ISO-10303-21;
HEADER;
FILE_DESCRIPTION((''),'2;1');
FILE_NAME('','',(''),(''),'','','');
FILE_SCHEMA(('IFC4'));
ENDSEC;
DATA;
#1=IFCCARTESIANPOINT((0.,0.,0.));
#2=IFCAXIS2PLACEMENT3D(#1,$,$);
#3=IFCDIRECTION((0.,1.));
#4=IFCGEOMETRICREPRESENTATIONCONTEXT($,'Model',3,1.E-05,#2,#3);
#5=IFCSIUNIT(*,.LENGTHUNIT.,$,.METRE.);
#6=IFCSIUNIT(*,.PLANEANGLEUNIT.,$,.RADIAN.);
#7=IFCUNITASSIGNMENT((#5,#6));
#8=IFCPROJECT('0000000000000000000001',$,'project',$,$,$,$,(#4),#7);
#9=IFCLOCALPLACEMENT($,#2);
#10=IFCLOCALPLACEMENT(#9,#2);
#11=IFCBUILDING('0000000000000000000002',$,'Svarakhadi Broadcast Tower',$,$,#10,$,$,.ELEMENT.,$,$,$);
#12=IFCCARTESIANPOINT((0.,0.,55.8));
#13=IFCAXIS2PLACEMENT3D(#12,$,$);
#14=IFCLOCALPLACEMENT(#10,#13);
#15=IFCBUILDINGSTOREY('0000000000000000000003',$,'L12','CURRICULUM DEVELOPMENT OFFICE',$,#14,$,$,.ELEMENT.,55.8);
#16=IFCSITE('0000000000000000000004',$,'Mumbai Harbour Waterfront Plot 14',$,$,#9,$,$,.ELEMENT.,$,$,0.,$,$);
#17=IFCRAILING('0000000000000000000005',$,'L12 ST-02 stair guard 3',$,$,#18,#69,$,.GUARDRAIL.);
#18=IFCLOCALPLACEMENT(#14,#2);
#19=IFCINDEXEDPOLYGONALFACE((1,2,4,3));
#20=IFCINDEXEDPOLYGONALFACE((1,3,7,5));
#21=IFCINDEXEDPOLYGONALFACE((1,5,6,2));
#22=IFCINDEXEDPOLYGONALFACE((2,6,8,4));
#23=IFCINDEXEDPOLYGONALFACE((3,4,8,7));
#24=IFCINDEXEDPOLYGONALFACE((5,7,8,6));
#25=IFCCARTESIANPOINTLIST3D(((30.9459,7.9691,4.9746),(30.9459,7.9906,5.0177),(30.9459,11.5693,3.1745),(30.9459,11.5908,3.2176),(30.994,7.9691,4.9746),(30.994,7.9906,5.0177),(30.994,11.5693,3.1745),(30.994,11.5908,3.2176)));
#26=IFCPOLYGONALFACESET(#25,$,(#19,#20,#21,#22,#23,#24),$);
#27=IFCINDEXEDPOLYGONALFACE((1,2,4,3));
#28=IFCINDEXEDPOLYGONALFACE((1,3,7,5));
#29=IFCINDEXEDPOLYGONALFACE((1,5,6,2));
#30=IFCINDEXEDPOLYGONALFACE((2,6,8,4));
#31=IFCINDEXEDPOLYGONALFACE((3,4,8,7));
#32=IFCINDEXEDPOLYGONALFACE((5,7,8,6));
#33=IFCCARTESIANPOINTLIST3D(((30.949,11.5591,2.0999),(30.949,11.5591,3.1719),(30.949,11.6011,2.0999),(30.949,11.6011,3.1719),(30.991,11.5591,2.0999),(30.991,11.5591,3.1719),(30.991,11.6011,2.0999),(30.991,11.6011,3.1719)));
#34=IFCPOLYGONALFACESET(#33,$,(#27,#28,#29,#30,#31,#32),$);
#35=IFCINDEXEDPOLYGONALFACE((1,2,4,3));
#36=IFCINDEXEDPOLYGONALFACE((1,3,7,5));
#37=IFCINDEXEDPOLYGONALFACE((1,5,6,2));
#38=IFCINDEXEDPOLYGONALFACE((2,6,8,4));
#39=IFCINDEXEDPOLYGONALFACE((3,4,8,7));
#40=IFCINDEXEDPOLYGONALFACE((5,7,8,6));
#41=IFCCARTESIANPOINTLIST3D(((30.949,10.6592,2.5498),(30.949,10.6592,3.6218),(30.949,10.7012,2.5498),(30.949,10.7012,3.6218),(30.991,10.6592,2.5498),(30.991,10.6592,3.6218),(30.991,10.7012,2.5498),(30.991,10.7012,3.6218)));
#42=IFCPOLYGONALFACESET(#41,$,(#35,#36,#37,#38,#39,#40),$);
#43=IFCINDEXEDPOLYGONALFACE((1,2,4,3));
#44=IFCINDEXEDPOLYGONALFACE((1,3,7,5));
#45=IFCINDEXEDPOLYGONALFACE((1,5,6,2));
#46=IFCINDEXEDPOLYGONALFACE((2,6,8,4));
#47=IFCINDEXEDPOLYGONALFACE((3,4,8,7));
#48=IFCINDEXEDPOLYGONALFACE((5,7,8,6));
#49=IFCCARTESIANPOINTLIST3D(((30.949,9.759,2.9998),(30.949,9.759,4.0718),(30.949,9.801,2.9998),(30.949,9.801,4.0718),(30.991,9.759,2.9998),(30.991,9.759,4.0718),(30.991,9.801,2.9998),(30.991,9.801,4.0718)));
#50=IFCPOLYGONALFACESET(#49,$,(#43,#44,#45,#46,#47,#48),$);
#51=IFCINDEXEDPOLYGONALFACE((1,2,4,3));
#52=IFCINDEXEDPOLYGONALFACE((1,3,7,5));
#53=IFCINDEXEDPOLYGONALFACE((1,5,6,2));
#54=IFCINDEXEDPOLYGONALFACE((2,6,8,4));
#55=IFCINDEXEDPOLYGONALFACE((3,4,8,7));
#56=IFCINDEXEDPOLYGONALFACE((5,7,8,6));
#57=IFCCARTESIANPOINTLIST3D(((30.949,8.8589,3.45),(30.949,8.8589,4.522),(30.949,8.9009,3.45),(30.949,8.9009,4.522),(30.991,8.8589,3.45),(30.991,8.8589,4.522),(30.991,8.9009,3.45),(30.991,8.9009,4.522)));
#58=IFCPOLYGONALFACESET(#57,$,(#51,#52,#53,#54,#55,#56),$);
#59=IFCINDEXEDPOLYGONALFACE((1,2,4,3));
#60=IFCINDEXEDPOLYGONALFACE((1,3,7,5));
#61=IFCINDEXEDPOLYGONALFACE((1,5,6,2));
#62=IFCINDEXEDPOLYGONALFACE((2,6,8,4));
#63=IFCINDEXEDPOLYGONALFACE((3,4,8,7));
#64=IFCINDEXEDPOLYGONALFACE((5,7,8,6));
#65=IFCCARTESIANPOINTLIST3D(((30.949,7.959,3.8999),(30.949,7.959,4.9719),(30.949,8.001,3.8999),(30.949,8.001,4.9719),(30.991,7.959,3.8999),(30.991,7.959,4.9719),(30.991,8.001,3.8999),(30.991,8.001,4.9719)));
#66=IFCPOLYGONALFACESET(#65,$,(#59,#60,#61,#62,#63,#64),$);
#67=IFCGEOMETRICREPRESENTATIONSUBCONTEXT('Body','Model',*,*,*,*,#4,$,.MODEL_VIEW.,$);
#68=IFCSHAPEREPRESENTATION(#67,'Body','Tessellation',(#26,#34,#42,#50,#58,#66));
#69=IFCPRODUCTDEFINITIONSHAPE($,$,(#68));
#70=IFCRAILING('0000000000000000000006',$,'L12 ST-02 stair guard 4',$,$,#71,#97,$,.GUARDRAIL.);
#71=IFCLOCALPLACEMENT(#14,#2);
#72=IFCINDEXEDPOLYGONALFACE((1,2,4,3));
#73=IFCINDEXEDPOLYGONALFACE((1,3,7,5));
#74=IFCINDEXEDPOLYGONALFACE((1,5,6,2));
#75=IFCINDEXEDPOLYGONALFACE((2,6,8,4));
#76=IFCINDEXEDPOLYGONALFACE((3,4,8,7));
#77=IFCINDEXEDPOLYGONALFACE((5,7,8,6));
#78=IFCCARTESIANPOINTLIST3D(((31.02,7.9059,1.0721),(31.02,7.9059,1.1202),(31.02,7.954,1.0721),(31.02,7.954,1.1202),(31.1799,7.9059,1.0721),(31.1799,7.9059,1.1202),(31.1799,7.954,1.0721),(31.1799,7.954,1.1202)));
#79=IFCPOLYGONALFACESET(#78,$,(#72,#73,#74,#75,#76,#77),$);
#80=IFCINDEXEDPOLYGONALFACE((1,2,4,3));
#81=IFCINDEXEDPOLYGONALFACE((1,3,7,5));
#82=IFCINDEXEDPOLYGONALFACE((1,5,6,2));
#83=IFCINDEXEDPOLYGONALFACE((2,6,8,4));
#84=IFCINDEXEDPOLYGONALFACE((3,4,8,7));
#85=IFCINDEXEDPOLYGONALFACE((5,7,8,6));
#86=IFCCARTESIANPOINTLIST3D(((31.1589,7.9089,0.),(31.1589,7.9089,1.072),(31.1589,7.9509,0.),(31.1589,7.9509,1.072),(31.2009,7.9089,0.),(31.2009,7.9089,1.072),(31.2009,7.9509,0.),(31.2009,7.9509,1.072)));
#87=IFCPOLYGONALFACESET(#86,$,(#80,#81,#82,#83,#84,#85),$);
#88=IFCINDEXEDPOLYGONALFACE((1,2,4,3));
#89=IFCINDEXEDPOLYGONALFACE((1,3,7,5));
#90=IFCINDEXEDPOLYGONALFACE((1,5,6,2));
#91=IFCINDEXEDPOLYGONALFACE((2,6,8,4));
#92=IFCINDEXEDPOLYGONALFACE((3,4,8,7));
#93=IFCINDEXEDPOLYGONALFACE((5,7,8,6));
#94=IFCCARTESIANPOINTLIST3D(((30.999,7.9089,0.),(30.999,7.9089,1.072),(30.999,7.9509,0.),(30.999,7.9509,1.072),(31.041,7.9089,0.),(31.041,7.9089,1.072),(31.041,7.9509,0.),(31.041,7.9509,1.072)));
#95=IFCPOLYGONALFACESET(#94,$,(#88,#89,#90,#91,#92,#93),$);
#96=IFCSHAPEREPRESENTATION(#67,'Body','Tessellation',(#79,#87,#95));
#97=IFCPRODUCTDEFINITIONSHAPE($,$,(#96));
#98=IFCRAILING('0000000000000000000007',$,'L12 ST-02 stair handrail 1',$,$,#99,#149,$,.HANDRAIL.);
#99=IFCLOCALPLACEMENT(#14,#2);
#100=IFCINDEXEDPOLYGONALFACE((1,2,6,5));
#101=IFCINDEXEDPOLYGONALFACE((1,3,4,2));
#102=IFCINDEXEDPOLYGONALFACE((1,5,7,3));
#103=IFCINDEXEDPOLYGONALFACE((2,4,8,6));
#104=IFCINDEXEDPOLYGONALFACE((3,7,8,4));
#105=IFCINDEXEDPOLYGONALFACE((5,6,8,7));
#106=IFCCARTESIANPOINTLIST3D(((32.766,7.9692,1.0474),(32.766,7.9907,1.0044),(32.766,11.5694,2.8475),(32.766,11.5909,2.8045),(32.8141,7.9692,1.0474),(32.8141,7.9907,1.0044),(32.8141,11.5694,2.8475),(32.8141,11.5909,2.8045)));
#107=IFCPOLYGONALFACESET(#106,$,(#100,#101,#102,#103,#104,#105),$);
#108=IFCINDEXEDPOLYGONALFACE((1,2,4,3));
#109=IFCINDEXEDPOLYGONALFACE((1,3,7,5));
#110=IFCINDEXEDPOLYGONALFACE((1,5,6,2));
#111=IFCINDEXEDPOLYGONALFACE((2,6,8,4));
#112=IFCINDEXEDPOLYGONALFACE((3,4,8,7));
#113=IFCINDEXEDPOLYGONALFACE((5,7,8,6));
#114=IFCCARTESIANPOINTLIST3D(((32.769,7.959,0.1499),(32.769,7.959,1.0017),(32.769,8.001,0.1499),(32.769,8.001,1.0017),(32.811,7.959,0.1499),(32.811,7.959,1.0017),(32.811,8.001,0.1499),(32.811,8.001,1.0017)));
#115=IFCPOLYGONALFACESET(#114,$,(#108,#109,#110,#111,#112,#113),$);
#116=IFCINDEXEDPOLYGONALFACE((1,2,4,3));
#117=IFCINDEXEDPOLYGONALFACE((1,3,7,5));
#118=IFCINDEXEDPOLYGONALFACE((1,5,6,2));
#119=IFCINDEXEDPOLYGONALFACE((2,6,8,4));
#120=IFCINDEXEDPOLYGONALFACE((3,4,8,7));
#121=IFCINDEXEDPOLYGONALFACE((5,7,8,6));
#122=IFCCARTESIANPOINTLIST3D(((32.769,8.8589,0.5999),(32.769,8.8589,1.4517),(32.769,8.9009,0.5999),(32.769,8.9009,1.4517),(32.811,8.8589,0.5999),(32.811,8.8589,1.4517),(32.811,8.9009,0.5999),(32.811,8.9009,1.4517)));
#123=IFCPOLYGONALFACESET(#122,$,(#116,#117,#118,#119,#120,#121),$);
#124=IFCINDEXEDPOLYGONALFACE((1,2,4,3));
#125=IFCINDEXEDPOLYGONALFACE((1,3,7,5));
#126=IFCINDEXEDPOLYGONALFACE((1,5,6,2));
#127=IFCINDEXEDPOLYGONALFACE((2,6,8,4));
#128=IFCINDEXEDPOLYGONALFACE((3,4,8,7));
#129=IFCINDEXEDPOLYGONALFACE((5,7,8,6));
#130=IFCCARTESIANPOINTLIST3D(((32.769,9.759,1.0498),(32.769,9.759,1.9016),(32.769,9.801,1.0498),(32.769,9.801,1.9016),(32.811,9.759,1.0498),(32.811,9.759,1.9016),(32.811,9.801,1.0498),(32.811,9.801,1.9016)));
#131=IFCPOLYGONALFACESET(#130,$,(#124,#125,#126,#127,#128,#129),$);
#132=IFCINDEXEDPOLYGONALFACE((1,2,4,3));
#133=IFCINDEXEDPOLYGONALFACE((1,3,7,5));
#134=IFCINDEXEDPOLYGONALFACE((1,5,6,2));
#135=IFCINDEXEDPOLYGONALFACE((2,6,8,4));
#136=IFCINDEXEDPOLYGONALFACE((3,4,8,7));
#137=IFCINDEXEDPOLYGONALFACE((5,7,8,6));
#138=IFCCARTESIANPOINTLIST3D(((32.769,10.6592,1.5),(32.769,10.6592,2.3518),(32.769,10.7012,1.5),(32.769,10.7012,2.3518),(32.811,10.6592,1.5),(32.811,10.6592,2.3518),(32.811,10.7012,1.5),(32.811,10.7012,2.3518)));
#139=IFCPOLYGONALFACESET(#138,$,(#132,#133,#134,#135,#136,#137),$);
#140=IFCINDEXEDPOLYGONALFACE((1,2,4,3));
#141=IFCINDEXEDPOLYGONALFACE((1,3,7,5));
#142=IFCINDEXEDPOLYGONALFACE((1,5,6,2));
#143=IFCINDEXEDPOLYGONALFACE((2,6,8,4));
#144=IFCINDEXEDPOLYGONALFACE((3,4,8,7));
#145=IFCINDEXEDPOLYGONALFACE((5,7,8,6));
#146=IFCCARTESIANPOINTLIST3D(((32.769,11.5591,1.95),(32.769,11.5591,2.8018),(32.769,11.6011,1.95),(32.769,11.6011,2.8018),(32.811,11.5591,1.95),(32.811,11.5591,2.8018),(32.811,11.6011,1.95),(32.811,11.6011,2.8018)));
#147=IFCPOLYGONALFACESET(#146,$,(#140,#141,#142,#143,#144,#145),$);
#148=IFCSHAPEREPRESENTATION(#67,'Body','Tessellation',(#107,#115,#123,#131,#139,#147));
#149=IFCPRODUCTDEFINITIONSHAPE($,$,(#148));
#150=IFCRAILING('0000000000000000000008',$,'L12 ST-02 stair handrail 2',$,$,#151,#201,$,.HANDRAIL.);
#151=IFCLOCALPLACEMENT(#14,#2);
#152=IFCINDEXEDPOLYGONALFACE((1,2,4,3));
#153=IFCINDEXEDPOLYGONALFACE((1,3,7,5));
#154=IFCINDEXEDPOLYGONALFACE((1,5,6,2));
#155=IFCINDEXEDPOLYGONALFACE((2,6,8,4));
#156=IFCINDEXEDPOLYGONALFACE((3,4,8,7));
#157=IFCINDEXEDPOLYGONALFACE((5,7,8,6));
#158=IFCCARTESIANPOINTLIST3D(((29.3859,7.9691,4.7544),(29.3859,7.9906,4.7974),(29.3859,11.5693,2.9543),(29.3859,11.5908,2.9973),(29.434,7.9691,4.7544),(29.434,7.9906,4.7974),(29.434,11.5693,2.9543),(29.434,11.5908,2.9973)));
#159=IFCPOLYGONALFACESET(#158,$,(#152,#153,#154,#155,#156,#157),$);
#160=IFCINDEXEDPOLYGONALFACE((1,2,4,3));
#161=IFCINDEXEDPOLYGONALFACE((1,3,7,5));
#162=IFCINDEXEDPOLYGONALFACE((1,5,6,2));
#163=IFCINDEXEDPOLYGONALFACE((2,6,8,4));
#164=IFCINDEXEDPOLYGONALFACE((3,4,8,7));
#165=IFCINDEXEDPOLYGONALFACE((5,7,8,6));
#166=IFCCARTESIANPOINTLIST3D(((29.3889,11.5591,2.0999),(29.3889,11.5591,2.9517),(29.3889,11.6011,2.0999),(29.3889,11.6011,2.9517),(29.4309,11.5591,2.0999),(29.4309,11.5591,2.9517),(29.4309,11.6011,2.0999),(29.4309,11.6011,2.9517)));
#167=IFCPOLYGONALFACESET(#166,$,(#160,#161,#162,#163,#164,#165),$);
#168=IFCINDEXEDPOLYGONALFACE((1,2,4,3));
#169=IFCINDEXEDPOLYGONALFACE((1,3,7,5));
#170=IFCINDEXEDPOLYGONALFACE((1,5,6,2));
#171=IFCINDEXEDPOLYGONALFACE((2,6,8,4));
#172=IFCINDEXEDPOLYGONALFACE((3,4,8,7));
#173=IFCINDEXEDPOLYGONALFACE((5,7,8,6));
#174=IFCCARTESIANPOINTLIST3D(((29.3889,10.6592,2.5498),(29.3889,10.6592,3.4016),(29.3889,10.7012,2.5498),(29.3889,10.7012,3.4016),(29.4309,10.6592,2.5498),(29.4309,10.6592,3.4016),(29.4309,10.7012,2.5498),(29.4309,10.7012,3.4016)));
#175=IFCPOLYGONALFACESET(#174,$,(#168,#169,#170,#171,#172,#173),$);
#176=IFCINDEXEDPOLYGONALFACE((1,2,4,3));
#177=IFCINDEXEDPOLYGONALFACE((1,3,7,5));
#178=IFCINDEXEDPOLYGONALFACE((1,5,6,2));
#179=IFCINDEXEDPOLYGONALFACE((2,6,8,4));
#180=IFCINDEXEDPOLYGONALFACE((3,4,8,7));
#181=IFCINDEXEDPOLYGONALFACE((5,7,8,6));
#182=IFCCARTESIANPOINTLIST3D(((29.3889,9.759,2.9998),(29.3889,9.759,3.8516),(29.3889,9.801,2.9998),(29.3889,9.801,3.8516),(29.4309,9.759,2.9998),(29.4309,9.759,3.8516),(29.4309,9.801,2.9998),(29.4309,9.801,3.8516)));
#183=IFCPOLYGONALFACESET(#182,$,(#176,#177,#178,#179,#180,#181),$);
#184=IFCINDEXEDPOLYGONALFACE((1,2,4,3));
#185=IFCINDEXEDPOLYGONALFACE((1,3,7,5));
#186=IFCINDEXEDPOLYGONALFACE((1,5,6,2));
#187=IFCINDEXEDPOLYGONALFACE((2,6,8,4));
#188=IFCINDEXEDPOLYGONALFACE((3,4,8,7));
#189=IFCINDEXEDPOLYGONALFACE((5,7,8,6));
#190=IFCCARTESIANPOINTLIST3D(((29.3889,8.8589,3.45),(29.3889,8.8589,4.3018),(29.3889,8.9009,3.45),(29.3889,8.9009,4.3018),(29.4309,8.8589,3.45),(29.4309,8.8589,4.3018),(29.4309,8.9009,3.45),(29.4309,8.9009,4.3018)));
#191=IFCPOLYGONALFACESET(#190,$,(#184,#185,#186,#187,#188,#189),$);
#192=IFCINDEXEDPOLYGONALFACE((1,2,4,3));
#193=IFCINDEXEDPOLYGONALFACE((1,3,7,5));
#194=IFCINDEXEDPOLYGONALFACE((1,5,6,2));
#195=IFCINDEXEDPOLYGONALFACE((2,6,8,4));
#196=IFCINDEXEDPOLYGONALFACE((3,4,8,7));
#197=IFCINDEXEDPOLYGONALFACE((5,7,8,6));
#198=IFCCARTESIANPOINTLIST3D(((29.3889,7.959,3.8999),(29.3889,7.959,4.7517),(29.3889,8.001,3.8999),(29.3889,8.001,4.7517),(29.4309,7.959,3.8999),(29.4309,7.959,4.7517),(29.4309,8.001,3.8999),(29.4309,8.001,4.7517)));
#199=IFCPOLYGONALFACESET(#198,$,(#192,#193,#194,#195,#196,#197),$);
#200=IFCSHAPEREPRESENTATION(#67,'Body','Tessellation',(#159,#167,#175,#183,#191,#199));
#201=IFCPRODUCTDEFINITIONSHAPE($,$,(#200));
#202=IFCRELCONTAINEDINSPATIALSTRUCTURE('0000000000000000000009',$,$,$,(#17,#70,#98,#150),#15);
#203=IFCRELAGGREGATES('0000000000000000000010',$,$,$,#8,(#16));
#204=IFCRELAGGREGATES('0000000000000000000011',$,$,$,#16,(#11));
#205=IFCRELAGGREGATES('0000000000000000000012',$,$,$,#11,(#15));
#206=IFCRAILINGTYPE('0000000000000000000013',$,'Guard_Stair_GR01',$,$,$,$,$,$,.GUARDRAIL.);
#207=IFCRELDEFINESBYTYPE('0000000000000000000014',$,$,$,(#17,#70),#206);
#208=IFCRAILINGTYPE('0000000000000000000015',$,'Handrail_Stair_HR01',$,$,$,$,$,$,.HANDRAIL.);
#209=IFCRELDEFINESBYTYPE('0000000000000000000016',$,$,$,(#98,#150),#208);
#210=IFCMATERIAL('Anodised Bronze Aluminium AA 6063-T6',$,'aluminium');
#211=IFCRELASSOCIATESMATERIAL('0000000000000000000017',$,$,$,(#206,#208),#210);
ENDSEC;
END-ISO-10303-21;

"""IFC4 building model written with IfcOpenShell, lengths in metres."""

from ifc_helpers import new_model, si_unit, direction, frame, origin, origin_2d, place, context, subcontext, project, spatial, rectangle, extrude, material, type_object, element, save


model = new_model("IFC4")

# Units and contexts
model_context = context("Model", 3, precision=1e-05, world=origin(), true_north=direction((0.0, 1.0)))
body_context = subcontext(model_context, "Body", "Model", "MODEL_VIEW")
ifc_project = project(units=[si_unit("LENGTHUNIT", "METRE"), si_unit("PLANEANGLEUNIT", "RADIAN")], contexts=[model_context])

# Site, building, storey
site_placement = place(None, origin())
site = spatial("IfcSite", under=ifc_project, at=site_placement, Name="Mumbai Harbour Waterfront Plot 14", CompositionType="ELEMENT", RefElevation=0.0)
building_placement = place(site_placement, origin())
building = spatial("IfcBuilding", under=site, at=building_placement, Name="Svarakhadi Broadcast Tower", CompositionType="ELEMENT")
storey_placement = place(building_placement, frame((0.0, 0.0, 55.8)))
storey = spatial("IfcBuildingStorey", under=building, at=storey_placement, Name="L12", Description="CURRICULUM DEVELOPMENT OFFICE", CompositionType="ELEMENT", Elevation=55.8)

# Shared definitions
ifc_material_1 = material(Name="Anodised Bronze Aluminium AA 6063-T6", Category="aluminium")

# Railings
railing_type_1 = type_object("IfcRailingType", Name="Guard_Stair_GR01", PredefinedType="GUARDRAIL", material=ifc_material_1)
railing_1_placement = place(storey_placement, frame((30.97, 11.5801, 2.0999)))
element("IfcRailing", 1, at=railing_1_placement, inside=storey, type_object=railing_type_1, Name="L12 ST-02 stair guard 3", PredefinedType="GUARDRAIL", context=body_context, shape_type="SweptSolid", body=[
    extrude(rectangle(XDim=0.0481, YDim=0.0481, at=origin_2d()), frame((0.0, 0.0, 1.0962), z_axis=(0.0, -0.894427, 0.447214), x_axis=(1.0, 0.0, 0.0)), (0.0, 0.0, 1.0), 4.0251),
    extrude(rectangle(XDim=0.042, YDim=0.042, at=origin_2d()), origin(), (0.0, 0.0, 1.0), 1.072),
    extrude(rectangle(XDim=0.042, YDim=0.042, at=origin_2d()), frame((0.0, -0.8999, 0.45)), (0.0, 0.0, 1.0), 1.072),
    extrude(rectangle(XDim=0.042, YDim=0.042, at=origin_2d()), frame((0.0, -1.8, 0.8999)), (0.0, 0.0, 1.0), 1.072),
    extrude(rectangle(XDim=0.042, YDim=0.042, at=origin_2d()), frame((0.0, -2.7002, 1.3501)), (0.0, 0.0, 1.0), 1.072),
    extrude(rectangle(XDim=0.042, YDim=0.042, at=origin_2d()), frame((0.0, -3.6001, 1.8)), (0.0, 0.0, 1.0), 1.072),
])
railing_2_placement = place(storey_placement, frame((31.1799, 7.9299, 0.0)))
element("IfcRailing", 2, at=railing_2_placement, inside=storey, type_object=railing_type_1, Name="L12 ST-02 stair guard 4", PredefinedType="GUARDRAIL", context=body_context, shape_type="SweptSolid", body=[
    extrude(rectangle(XDim=0.0481, YDim=0.0481, at=origin_2d()), frame((0.0, 0.0, 1.0962), z_axis=(-1.0, 0.0, 0.0), x_axis=(0.0, -1.0, 0.0)), (0.0, 0.0, 1.0), 0.1599),
    extrude(rectangle(XDim=0.042, YDim=0.042, at=origin_2d()), origin(), (0.0, 0.0, 1.0), 1.072),
    extrude(rectangle(XDim=0.042, YDim=0.042, at=origin_2d()), frame((-0.1599, 0.0, 0.0)), (0.0, 0.0, 1.0), 1.072),
])
railing_type_2 = type_object("IfcRailingType", Name="Handrail_Stair_HR01", PredefinedType="HANDRAIL", material=ifc_material_1)
railing_3_placement = place(storey_placement, frame((32.79, 7.98, 0.1499)))
element("IfcRailing", 3, at=railing_3_placement, inside=storey, type_object=railing_type_2, Name="L12 ST-02 stair handrail 1", PredefinedType="HANDRAIL", context=body_context, shape_type="SweptSolid", body=[
    extrude(rectangle(XDim=0.0481, YDim=0.0481, at=origin_2d()), frame((0.0, 0.0, 0.876), z_axis=(0.0, 0.894427, 0.447214), x_axis=(-1.0, 0.0, 0.0)), (0.0, 0.0, 1.0), 4.0251),
    extrude(rectangle(XDim=0.042, YDim=0.042, at=origin_2d()), origin(), (0.0, 0.0, 1.0), 0.8518),
    extrude(rectangle(XDim=0.042, YDim=0.042, at=origin_2d()), frame((0.0, 0.8999, 0.45)), (0.0, 0.0, 1.0), 0.8518),
    extrude(rectangle(XDim=0.042, YDim=0.042, at=origin_2d()), frame((0.0, 1.8, 0.8999)), (0.0, 0.0, 1.0), 0.8518),
    extrude(rectangle(XDim=0.042, YDim=0.042, at=origin_2d()), frame((0.0, 2.7002, 1.3501)), (0.0, 0.0, 1.0), 0.8518),
    extrude(rectangle(XDim=0.042, YDim=0.042, at=origin_2d()), frame((0.0, 3.6001, 1.8)), (0.0, 0.0, 1.0), 0.8518),
])
railing_4_placement = place(storey_placement, frame((29.4099, 11.5801, 2.0999)))
element("IfcRailing", 4, at=railing_4_placement, inside=storey, type_object=railing_type_2, Name="L12 ST-02 stair handrail 2", PredefinedType="HANDRAIL", context=body_context, shape_type="SweptSolid", body=[
    extrude(rectangle(XDim=0.0481, YDim=0.0481, at=origin_2d()), frame((0.0, 0.0, 0.876), z_axis=(0.0, -0.894427, 0.447214), x_axis=(1.0, 0.0, 0.0)), (0.0, 0.0, 1.0), 4.0251),
    extrude(rectangle(XDim=0.042, YDim=0.042, at=origin_2d()), origin(), (0.0, 0.0, 1.0), 0.8518),
    extrude(rectangle(XDim=0.042, YDim=0.042, at=origin_2d()), frame((0.0, -0.8999, 0.45)), (0.0, 0.0, 1.0), 0.8518),
    extrude(rectangle(XDim=0.042, YDim=0.042, at=origin_2d()), frame((0.0, -1.8, 0.8999)), (0.0, 0.0, 1.0), 0.8518),
    extrude(rectangle(XDim=0.042, YDim=0.042, at=origin_2d()), frame((0.0, -2.7002, 1.3501)), (0.0, 0.0, 1.0), 0.8518),
    extrude(rectangle(XDim=0.042, YDim=0.042, at=origin_2d()), frame((0.0, -3.6001, 1.8)), (0.0, 0.0, 1.0), 0.8518),
])

save(model, "model.ifc")
